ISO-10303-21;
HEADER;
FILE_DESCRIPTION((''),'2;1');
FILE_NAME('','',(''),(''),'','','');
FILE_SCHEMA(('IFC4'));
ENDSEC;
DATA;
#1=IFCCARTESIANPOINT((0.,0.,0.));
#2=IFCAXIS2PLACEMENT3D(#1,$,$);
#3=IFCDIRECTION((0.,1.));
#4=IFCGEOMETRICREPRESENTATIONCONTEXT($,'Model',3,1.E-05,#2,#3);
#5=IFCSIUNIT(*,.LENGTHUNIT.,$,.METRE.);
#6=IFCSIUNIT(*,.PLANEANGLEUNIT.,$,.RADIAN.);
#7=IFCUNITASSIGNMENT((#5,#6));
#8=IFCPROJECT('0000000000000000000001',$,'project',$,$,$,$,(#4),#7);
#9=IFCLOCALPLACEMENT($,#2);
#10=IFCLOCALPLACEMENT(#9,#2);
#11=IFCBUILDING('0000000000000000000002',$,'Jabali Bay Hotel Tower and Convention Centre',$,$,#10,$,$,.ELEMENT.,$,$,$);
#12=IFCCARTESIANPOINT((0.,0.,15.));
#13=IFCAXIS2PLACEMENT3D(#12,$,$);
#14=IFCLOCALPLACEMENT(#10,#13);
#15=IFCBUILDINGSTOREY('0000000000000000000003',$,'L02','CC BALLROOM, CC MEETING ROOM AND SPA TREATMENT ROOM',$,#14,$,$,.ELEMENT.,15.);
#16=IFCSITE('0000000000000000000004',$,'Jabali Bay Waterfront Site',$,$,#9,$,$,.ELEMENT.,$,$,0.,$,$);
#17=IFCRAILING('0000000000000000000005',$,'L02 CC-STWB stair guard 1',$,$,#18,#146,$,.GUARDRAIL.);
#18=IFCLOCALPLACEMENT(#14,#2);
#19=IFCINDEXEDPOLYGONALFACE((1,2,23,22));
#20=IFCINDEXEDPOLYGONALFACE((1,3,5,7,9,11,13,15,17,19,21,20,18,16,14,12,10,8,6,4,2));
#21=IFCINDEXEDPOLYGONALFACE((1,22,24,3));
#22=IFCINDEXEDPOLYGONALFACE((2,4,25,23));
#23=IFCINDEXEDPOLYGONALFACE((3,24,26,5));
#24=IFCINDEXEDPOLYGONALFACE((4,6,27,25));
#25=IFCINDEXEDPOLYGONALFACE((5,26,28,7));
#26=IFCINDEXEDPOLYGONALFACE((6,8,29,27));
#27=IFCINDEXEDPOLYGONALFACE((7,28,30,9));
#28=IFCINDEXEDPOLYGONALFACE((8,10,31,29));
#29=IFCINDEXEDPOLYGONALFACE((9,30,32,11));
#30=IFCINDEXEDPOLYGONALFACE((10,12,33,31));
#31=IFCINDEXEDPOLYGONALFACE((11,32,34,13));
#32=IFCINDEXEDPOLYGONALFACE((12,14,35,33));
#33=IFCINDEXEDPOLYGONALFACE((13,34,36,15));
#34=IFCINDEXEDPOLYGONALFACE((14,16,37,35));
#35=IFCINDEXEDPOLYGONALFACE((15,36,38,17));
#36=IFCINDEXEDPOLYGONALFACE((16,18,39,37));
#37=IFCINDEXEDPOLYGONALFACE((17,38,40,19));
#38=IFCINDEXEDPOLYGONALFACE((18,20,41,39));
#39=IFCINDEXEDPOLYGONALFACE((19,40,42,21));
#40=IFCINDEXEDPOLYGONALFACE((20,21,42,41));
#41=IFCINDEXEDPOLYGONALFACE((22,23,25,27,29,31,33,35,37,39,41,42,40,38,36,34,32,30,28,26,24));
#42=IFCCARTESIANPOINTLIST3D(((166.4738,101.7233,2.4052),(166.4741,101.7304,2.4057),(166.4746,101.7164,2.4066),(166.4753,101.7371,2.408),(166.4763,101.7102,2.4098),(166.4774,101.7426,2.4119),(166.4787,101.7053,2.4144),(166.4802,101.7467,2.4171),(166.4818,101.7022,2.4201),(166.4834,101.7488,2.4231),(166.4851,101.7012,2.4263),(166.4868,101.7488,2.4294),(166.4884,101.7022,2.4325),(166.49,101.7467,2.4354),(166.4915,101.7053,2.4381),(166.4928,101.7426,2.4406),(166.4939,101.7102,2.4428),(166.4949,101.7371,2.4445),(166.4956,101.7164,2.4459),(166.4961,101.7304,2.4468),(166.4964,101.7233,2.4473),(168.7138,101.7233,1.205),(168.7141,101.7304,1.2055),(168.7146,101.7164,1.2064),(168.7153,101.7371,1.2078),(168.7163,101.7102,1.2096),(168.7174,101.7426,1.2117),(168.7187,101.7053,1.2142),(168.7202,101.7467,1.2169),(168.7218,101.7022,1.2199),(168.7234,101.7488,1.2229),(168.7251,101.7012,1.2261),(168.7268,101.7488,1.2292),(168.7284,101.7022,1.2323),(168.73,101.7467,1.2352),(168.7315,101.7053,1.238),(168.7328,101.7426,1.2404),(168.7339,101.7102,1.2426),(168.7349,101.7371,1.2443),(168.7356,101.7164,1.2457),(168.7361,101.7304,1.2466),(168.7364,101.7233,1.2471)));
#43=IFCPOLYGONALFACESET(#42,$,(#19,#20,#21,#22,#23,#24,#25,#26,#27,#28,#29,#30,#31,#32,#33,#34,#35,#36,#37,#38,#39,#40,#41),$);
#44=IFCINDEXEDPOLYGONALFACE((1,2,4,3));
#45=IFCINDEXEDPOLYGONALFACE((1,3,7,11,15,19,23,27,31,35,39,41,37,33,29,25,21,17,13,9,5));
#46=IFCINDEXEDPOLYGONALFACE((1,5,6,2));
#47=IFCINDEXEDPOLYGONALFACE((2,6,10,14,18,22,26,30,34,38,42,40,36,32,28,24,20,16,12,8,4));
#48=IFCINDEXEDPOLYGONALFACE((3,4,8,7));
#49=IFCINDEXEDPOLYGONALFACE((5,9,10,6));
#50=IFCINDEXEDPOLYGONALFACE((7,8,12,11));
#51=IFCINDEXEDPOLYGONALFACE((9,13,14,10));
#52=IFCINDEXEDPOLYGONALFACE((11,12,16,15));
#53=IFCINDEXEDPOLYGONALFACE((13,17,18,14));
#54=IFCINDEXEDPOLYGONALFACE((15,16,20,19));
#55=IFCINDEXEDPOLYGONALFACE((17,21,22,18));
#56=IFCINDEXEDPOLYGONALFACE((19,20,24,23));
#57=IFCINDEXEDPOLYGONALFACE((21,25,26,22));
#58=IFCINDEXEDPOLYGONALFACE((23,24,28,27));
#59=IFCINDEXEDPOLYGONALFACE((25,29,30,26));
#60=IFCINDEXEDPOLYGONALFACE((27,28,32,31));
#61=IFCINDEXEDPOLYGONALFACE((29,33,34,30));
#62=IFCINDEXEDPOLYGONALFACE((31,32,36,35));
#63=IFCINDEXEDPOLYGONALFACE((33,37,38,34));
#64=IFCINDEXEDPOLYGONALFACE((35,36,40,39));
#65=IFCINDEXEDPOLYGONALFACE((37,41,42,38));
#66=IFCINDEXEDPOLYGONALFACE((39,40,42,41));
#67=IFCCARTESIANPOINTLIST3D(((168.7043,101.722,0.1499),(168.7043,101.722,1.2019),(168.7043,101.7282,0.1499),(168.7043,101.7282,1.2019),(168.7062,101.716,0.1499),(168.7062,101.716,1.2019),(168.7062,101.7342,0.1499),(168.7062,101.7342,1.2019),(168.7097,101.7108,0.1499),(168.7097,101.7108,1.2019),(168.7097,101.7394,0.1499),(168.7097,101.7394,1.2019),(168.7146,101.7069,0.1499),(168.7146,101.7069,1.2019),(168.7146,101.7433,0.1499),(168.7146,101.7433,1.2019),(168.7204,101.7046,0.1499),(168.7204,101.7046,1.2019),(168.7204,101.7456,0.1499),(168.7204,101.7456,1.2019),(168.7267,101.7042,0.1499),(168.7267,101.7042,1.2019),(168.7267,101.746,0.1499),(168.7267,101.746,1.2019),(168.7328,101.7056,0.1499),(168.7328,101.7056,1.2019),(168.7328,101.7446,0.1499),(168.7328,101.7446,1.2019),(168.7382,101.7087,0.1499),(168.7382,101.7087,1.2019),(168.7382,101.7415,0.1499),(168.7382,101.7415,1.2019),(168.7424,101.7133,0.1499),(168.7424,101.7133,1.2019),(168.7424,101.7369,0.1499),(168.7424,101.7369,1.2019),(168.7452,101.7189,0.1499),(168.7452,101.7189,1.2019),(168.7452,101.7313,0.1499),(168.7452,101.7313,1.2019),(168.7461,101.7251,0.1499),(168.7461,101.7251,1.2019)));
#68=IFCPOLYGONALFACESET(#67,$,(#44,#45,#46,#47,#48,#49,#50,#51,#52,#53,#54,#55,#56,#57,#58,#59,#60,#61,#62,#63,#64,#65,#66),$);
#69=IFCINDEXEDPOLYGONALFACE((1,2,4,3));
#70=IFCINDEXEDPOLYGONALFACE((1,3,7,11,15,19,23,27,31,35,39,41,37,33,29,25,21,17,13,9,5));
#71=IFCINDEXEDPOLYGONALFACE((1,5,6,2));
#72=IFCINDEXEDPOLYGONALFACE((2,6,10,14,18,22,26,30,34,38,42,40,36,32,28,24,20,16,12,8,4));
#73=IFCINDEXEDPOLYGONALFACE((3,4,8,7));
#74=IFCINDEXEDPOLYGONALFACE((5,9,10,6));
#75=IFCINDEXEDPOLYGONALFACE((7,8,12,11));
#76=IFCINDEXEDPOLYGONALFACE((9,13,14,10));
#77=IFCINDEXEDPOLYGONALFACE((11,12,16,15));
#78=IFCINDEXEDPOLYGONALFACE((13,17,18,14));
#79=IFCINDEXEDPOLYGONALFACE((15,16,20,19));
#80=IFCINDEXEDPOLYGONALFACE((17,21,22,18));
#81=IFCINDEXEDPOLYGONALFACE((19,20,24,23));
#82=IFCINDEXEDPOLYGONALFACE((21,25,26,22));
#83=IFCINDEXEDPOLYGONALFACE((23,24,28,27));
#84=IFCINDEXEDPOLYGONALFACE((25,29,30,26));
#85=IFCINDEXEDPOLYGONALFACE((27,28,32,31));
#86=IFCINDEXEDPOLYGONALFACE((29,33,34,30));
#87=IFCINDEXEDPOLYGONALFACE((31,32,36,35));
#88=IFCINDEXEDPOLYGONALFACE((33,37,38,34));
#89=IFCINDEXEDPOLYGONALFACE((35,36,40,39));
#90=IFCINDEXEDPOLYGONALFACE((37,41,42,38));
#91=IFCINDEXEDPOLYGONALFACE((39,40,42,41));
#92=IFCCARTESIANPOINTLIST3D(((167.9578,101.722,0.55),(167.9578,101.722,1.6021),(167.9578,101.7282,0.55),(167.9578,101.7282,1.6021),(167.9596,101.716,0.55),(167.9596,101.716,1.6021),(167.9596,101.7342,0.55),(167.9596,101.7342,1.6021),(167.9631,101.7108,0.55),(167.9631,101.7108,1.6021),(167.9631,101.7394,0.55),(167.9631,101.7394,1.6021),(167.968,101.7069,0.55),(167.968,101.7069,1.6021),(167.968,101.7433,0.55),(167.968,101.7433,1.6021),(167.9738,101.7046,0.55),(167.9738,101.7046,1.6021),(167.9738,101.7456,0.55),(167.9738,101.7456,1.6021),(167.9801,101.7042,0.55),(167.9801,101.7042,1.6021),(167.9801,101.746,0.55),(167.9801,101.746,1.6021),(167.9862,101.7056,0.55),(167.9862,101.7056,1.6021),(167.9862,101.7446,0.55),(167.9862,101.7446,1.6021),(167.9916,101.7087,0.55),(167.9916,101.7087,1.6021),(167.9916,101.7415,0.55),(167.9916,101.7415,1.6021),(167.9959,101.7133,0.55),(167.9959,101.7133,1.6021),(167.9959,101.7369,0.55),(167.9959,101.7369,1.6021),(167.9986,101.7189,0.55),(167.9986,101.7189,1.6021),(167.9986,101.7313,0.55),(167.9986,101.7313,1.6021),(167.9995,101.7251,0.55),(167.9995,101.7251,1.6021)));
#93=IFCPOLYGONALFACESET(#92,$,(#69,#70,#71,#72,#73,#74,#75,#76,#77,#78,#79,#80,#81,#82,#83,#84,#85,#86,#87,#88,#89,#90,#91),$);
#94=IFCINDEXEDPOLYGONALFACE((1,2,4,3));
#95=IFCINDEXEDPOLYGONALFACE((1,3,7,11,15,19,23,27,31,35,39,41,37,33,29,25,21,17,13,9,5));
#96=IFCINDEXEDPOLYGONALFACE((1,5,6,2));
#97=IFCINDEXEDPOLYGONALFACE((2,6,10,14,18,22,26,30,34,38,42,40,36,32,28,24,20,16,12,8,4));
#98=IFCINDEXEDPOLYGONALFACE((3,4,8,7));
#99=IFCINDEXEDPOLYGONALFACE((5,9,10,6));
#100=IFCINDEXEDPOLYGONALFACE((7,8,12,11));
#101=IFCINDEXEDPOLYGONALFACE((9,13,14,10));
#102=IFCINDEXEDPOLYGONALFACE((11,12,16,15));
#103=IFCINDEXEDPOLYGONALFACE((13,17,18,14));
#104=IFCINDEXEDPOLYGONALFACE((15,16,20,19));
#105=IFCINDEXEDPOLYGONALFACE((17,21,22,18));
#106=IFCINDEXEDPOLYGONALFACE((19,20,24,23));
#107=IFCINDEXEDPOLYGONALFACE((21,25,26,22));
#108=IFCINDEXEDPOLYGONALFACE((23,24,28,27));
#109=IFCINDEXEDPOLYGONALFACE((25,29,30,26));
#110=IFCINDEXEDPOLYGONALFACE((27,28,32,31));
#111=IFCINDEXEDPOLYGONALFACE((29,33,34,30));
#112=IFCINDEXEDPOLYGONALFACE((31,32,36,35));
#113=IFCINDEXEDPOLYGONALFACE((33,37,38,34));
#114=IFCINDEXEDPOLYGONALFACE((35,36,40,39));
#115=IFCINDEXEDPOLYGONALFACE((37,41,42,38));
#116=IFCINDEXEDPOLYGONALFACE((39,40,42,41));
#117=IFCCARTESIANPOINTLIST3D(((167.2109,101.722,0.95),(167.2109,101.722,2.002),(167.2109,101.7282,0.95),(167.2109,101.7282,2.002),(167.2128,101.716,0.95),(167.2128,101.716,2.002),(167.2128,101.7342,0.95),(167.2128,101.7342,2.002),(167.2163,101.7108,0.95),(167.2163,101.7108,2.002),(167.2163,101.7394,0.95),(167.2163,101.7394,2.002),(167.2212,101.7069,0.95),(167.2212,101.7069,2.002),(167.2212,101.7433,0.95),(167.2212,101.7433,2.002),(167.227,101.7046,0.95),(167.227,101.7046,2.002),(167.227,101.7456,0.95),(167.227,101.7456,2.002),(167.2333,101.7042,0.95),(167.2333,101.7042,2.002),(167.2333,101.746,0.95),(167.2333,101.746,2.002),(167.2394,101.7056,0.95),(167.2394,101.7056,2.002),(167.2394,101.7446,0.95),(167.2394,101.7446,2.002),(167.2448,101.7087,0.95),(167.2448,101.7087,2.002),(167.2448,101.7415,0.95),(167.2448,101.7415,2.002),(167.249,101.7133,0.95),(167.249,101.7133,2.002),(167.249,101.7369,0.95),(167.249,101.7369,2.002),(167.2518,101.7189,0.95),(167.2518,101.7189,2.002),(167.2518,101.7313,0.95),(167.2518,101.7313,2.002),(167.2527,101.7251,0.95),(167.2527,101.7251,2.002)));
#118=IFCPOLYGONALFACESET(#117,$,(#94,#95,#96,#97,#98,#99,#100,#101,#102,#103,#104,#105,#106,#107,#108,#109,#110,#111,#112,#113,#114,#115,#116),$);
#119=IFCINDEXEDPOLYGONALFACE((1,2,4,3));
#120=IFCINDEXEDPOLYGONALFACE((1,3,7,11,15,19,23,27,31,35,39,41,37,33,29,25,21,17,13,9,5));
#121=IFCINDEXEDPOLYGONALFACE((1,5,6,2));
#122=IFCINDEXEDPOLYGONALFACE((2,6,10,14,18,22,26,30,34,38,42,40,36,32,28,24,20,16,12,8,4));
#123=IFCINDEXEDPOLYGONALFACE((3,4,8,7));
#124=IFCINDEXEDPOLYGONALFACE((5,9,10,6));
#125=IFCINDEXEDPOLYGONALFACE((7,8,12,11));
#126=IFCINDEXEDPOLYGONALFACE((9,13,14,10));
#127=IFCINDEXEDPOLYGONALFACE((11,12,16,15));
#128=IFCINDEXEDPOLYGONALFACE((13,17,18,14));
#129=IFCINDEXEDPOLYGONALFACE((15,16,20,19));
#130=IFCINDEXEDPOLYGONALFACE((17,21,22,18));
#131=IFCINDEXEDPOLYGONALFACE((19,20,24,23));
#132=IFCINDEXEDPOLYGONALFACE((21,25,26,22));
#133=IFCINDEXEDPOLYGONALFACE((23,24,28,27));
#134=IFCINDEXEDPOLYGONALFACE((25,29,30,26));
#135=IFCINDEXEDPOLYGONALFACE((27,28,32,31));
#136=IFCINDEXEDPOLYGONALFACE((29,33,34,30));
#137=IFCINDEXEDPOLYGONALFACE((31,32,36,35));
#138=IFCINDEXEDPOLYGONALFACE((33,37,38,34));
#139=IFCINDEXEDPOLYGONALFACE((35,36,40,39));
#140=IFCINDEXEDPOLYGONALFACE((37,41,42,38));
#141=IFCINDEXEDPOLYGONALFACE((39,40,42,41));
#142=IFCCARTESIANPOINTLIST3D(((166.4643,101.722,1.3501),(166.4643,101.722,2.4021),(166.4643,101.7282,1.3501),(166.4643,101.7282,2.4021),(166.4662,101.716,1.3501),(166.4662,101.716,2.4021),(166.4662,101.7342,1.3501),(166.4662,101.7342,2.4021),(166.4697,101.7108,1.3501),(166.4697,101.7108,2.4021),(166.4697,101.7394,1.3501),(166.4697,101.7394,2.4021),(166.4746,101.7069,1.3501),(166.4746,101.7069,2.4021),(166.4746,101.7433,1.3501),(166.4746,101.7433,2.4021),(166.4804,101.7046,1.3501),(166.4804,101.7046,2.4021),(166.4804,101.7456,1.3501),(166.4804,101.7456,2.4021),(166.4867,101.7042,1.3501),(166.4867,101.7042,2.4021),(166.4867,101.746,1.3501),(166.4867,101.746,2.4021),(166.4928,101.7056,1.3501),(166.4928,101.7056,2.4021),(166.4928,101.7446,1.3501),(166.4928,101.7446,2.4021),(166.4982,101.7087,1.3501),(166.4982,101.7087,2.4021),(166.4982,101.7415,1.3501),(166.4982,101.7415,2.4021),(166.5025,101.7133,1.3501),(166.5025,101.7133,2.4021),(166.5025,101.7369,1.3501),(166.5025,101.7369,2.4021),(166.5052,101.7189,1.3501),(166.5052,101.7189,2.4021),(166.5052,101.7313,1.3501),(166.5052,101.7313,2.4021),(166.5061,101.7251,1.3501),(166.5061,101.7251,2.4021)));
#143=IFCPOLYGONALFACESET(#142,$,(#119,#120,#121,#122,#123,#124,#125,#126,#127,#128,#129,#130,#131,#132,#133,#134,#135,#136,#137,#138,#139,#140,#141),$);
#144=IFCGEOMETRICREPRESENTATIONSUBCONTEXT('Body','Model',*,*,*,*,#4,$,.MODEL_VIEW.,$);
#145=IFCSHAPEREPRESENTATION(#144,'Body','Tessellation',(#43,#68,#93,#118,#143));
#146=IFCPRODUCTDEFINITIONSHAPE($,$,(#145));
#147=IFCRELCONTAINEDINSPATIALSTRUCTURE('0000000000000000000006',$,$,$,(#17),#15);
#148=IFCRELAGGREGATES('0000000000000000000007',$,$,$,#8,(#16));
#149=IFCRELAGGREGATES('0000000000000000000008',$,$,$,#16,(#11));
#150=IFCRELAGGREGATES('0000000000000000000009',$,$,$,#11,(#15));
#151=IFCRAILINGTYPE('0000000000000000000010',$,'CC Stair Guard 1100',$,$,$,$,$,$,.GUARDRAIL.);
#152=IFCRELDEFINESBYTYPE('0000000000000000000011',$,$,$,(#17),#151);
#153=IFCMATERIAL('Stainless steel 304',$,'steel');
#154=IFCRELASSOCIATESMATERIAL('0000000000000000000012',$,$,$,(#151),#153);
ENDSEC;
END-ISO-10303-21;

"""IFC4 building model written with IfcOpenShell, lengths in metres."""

from ifc_helpers import new_model, si_unit, direction, frame, origin, origin_2d, place, context, subcontext, project, spatial, circle, extrude, material, type_object, element, save


model = new_model("IFC4")

# Units and contexts
model_context = context("Model", 3, precision=1e-05, world=origin(), true_north=direction((0.0, 1.0)))
body_context = subcontext(model_context, "Body", "Model", "MODEL_VIEW")
ifc_project = project(units=[si_unit("LENGTHUNIT", "METRE"), si_unit("PLANEANGLEUNIT", "RADIAN")], contexts=[model_context])

# Site, building, storey
site_placement = place(None, origin())
site = spatial("IfcSite", under=ifc_project, at=site_placement, Name="Jabali Bay Waterfront Site", CompositionType="ELEMENT", RefElevation=0.0)
building_placement = place(site_placement, origin())
building = spatial("IfcBuilding", under=site, at=building_placement, Name="Jabali Bay Hotel Tower and Convention Centre", CompositionType="ELEMENT")
storey_placement = place(building_placement, frame((0.0, 0.0, 15.0)))
storey = spatial("IfcBuildingStorey", under=building, at=storey_placement, Name="L02", Description="CC BALLROOM, CC MEETING ROOM AND SPA TREATMENT ROOM", CompositionType="ELEMENT", Elevation=15.0)

# Railing
ifc_material_1 = material(Name="Stainless steel 304", Category="steel")
railing_type_1 = type_object("IfcRailingType", Name="CC Stair Guard 1100", PredefinedType="GUARDRAIL", material=ifc_material_1)
railing_1_placement = place(storey_placement, frame((168.7251, 101.7251, 0.1499)))
element("IfcRailing", 1, at=railing_1_placement, inside=storey, type_object=railing_type_1, Name="L02 CC-STWB stair guard 1", PredefinedType="GUARDRAIL", context=body_context, shape_type="SweptSolid", body=[
    extrude(circle(Radius=0.0239, at=origin_2d()), frame((0.0, 0.0, 1.0762), z_axis=(-0.881447, 0.0, 0.472283), x_axis=(0.0, -1.0, 0.0)), (0.0, 0.0, 1.0), 2.5413),
    extrude(circle(Radius=0.021, at=origin_2d()), origin(), (0.0, 0.0, 1.0), 1.052),
    extrude(circle(Radius=0.021, at=origin_2d()), frame((-0.7466, 0.0, 0.4001)), (0.0, 0.0, 1.0), 1.052),
    extrude(circle(Radius=0.021, at=origin_2d()), frame((-1.4934, 0.0, 0.8)), (0.0, 0.0, 1.0), 1.052),
    extrude(circle(Radius=0.021, at=origin_2d()), frame((-2.24, 0.0, 1.2002)), (0.0, 0.0, 1.0), 1.052),
])

save(model, "model.ifc")
